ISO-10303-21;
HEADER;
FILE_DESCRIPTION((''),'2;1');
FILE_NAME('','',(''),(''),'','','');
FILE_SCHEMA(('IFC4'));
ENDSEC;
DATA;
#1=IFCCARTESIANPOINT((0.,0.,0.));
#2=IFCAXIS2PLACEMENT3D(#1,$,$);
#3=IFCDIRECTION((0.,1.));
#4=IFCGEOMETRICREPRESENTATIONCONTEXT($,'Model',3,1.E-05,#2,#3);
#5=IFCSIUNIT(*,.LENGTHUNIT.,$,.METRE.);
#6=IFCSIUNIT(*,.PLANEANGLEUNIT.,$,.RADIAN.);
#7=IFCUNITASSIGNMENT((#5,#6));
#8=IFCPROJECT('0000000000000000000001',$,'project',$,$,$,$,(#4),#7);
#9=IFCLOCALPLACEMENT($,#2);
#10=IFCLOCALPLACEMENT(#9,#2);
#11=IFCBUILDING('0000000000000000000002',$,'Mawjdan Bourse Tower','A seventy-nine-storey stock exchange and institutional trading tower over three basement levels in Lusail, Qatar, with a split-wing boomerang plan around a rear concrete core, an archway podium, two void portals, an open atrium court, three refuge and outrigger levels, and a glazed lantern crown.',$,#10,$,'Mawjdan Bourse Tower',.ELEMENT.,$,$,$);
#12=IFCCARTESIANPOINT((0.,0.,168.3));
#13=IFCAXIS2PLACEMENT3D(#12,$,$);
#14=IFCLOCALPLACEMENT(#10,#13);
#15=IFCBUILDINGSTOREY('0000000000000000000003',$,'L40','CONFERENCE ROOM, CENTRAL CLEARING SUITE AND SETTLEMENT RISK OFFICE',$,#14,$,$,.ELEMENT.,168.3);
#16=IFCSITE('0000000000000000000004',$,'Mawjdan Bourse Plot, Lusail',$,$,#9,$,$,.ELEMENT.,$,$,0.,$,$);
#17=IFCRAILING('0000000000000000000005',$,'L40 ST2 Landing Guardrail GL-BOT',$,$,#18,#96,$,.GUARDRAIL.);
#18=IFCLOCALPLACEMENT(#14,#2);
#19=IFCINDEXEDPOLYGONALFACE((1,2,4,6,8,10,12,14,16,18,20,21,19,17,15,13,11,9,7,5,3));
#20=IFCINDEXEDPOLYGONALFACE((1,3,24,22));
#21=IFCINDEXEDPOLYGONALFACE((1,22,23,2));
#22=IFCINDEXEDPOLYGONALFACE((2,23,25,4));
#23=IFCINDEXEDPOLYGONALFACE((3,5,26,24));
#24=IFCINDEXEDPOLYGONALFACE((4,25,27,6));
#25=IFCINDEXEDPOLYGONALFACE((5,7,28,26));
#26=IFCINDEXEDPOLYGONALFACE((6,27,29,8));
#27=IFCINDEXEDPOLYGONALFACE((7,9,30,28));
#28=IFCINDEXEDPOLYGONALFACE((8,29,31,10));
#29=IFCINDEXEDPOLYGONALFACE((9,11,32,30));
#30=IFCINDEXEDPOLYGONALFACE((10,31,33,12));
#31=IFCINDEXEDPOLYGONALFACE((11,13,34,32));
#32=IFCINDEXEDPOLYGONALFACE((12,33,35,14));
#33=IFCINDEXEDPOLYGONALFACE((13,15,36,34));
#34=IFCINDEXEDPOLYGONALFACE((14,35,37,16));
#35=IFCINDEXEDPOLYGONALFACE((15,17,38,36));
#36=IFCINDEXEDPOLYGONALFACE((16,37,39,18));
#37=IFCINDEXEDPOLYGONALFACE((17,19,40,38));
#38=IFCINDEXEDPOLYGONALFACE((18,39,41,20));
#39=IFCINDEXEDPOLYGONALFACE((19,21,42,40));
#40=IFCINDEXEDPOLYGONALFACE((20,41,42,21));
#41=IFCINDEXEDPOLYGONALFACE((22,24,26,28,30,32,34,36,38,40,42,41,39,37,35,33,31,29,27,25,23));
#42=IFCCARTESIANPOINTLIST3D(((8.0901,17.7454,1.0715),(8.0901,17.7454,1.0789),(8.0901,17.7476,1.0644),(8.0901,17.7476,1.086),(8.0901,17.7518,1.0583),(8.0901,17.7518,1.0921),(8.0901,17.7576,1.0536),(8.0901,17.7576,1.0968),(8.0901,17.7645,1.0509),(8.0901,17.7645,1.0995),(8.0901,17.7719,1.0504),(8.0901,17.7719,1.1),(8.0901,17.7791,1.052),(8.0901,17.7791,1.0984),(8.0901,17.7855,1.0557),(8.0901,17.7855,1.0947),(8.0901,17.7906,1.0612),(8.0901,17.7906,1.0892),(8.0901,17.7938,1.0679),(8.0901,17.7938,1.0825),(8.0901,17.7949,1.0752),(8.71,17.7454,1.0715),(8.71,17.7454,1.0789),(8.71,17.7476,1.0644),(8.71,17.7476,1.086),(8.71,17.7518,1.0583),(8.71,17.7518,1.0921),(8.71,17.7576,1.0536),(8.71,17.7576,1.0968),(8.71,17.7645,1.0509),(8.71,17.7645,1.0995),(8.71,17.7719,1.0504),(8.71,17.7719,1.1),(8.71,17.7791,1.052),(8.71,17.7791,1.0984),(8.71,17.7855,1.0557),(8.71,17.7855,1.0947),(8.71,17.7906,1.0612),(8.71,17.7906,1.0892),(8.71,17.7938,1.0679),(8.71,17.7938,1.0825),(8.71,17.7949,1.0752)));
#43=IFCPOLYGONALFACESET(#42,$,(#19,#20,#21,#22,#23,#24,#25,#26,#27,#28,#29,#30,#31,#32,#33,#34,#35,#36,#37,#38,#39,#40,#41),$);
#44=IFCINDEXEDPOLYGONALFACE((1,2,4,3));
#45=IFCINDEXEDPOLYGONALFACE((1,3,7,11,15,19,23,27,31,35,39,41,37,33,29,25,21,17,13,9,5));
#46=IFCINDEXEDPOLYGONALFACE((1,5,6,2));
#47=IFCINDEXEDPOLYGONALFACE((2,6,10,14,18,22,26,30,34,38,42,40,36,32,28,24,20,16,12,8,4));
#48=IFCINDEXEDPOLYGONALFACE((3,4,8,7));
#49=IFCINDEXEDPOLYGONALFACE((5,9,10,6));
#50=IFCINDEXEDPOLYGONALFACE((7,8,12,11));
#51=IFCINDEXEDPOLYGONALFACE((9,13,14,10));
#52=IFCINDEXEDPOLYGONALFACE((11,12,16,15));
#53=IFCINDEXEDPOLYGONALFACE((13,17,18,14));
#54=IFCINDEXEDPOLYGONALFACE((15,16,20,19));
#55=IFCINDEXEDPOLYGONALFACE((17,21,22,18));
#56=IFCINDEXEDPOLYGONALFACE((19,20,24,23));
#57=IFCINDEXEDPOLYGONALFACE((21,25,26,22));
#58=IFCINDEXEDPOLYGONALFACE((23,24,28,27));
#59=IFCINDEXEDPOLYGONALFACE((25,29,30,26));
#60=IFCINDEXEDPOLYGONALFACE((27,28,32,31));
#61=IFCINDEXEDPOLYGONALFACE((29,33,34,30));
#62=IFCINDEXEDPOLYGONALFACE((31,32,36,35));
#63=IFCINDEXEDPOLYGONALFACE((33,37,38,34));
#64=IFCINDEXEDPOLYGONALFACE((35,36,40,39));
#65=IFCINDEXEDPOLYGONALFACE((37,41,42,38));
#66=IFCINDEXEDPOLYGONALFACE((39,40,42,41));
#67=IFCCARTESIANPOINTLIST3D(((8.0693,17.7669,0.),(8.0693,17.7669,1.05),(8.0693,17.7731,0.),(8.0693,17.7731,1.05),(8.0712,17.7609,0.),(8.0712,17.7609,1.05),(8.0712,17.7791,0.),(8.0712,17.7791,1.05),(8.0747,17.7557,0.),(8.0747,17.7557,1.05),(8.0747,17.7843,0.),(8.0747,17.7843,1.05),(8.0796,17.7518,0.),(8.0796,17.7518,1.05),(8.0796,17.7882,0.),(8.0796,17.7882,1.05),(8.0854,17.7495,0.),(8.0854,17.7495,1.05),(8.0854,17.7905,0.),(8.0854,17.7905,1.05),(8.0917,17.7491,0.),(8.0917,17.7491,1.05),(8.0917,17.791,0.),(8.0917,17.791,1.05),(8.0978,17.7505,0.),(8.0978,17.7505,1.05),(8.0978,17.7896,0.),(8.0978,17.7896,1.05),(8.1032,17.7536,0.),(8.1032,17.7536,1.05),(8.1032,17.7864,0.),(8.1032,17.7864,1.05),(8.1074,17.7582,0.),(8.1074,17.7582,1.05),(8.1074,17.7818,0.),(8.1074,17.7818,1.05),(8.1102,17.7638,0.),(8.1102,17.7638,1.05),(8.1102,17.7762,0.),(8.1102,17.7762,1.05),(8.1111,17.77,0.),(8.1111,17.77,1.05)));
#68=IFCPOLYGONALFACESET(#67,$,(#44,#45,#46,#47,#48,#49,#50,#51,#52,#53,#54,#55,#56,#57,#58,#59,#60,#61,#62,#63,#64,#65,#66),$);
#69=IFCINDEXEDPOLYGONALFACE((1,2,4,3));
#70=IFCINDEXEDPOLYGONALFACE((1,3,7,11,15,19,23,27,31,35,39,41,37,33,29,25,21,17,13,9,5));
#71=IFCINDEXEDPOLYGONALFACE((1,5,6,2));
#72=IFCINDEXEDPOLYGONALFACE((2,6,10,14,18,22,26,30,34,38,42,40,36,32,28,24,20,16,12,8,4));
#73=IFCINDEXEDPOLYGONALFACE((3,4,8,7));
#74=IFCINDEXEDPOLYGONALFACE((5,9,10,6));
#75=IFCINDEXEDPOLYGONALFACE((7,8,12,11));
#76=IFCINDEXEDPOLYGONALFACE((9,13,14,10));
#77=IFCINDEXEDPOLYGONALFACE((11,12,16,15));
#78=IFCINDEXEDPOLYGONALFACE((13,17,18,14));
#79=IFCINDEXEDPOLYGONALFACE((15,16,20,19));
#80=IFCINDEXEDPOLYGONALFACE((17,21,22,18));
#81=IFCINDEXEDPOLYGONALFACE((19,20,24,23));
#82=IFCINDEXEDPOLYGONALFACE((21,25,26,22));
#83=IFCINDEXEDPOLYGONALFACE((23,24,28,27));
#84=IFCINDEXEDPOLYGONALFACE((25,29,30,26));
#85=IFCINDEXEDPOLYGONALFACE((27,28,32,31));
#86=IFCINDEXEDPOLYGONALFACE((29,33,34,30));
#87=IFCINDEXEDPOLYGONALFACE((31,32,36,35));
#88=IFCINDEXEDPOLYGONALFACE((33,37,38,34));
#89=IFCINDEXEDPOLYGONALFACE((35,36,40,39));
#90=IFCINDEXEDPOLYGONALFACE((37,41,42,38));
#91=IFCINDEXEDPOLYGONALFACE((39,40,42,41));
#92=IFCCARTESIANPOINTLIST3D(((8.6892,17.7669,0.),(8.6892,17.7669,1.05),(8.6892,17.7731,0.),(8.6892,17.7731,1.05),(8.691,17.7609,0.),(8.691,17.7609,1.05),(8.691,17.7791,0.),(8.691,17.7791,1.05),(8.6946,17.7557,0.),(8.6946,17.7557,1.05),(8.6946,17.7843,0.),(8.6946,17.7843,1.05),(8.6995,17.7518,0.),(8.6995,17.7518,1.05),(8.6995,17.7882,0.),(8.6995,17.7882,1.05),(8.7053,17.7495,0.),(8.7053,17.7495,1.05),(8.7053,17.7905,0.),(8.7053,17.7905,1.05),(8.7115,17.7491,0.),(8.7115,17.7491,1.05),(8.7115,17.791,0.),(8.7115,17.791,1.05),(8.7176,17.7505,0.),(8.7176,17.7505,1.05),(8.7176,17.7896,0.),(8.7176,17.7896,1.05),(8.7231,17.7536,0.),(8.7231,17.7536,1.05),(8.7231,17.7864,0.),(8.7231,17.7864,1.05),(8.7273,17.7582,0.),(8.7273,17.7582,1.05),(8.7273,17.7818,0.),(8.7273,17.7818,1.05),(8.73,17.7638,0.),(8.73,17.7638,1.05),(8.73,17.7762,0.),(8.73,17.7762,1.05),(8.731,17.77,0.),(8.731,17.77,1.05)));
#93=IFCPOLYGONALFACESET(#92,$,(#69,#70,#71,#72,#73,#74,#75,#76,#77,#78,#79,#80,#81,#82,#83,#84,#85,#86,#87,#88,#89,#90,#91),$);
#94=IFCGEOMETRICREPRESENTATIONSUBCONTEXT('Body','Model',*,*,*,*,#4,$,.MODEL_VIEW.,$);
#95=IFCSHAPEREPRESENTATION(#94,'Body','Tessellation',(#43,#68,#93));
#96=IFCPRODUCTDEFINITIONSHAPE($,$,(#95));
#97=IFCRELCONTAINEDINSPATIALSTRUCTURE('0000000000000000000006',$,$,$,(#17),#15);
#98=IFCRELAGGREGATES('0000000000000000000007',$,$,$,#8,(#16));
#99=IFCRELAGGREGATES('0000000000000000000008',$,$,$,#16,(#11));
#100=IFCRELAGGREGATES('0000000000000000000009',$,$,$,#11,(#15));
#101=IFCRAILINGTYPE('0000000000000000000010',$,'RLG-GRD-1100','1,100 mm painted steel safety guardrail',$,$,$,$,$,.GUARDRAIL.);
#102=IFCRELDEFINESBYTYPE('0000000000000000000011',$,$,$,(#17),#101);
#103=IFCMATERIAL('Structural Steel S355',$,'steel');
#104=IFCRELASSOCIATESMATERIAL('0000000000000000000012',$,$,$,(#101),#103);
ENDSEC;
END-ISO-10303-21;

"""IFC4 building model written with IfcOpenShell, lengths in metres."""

from ifc_helpers import new_model, si_unit, direction, frame, origin, origin_2d, place, context, subcontext, project, spatial, circle, extrude, material, type_object, element, save


model = new_model("IFC4")

# Units and contexts
model_context = context("Model", 3, precision=1e-05, world=origin(), true_north=direction((0.0, 1.0)))
body_context = subcontext(model_context, "Body", "Model", "MODEL_VIEW")
ifc_project = project(units=[si_unit("LENGTHUNIT", "METRE"), si_unit("PLANEANGLEUNIT", "RADIAN")], contexts=[model_context])

# Site, building, storey
site_placement = place(None, origin())
site = spatial("IfcSite", under=ifc_project, at=site_placement, Name="Mawjdan Bourse Plot, Lusail", CompositionType="ELEMENT", RefElevation=0.0)
building_placement = place(site_placement, origin())
building = spatial("IfcBuilding", under=site, at=building_placement, Name="Mawjdan Bourse Tower", Description="A seventy-nine-storey stock exchange and institutional trading tower over three basement levels in Lusail, Qatar, with a split-wing boomerang plan around a rear concrete core, an archway podium, two void portals, an open atrium court, three refuge and outrigger levels, and a glazed lantern crown.", LongName="Mawjdan Bourse Tower", CompositionType="ELEMENT")
storey_placement = place(building_placement, frame((0.0, 0.0, 168.3)))
storey = spatial("IfcBuildingStorey", under=building, at=storey_placement, Name="L40", Description="CONFERENCE ROOM, CENTRAL CLEARING SUITE AND SETTLEMENT RISK OFFICE", CompositionType="ELEMENT", Elevation=168.3)

# Shared definitions
ifc_material_1 = material(Name="Structural Steel S355", Category="steel")

# Railing
railing_type_1 = type_object("IfcRailingType", Name="RLG-GRD-1100", Description="1,100 mm painted steel safety guardrail", PredefinedType="GUARDRAIL", material=ifc_material_1)
for number, where, name in (
    (1, (8.0901, 17.77, 0.0), "L40 ST2 Landing Guardrail GL-BOT"),
):
    element("IfcRailing", number, at=place(storey_placement, frame(where)), inside=storey, type_object=railing_type_1, Name=name, PredefinedType="GUARDRAIL", context=body_context, shape_type="SweptSolid", body=[
        extrude(circle(Radius=0.0249, at=origin_2d()), frame((0.0, 0.0, 1.0752), z_axis=(1.0, 0.0, 0.0), x_axis=(0.0, 1.0, 0.0)), (0.0, 0.0, 1.0), 0.6199),
        extrude(circle(Radius=0.021, at=origin_2d()), origin(), (0.0, 0.0, 1.0), 1.05),
        extrude(circle(Radius=0.021, at=origin_2d()), frame((0.6199, 0.0, 0.0)), (0.0, 0.0, 1.0), 1.05),
    ])

save(model, "model.ifc")
